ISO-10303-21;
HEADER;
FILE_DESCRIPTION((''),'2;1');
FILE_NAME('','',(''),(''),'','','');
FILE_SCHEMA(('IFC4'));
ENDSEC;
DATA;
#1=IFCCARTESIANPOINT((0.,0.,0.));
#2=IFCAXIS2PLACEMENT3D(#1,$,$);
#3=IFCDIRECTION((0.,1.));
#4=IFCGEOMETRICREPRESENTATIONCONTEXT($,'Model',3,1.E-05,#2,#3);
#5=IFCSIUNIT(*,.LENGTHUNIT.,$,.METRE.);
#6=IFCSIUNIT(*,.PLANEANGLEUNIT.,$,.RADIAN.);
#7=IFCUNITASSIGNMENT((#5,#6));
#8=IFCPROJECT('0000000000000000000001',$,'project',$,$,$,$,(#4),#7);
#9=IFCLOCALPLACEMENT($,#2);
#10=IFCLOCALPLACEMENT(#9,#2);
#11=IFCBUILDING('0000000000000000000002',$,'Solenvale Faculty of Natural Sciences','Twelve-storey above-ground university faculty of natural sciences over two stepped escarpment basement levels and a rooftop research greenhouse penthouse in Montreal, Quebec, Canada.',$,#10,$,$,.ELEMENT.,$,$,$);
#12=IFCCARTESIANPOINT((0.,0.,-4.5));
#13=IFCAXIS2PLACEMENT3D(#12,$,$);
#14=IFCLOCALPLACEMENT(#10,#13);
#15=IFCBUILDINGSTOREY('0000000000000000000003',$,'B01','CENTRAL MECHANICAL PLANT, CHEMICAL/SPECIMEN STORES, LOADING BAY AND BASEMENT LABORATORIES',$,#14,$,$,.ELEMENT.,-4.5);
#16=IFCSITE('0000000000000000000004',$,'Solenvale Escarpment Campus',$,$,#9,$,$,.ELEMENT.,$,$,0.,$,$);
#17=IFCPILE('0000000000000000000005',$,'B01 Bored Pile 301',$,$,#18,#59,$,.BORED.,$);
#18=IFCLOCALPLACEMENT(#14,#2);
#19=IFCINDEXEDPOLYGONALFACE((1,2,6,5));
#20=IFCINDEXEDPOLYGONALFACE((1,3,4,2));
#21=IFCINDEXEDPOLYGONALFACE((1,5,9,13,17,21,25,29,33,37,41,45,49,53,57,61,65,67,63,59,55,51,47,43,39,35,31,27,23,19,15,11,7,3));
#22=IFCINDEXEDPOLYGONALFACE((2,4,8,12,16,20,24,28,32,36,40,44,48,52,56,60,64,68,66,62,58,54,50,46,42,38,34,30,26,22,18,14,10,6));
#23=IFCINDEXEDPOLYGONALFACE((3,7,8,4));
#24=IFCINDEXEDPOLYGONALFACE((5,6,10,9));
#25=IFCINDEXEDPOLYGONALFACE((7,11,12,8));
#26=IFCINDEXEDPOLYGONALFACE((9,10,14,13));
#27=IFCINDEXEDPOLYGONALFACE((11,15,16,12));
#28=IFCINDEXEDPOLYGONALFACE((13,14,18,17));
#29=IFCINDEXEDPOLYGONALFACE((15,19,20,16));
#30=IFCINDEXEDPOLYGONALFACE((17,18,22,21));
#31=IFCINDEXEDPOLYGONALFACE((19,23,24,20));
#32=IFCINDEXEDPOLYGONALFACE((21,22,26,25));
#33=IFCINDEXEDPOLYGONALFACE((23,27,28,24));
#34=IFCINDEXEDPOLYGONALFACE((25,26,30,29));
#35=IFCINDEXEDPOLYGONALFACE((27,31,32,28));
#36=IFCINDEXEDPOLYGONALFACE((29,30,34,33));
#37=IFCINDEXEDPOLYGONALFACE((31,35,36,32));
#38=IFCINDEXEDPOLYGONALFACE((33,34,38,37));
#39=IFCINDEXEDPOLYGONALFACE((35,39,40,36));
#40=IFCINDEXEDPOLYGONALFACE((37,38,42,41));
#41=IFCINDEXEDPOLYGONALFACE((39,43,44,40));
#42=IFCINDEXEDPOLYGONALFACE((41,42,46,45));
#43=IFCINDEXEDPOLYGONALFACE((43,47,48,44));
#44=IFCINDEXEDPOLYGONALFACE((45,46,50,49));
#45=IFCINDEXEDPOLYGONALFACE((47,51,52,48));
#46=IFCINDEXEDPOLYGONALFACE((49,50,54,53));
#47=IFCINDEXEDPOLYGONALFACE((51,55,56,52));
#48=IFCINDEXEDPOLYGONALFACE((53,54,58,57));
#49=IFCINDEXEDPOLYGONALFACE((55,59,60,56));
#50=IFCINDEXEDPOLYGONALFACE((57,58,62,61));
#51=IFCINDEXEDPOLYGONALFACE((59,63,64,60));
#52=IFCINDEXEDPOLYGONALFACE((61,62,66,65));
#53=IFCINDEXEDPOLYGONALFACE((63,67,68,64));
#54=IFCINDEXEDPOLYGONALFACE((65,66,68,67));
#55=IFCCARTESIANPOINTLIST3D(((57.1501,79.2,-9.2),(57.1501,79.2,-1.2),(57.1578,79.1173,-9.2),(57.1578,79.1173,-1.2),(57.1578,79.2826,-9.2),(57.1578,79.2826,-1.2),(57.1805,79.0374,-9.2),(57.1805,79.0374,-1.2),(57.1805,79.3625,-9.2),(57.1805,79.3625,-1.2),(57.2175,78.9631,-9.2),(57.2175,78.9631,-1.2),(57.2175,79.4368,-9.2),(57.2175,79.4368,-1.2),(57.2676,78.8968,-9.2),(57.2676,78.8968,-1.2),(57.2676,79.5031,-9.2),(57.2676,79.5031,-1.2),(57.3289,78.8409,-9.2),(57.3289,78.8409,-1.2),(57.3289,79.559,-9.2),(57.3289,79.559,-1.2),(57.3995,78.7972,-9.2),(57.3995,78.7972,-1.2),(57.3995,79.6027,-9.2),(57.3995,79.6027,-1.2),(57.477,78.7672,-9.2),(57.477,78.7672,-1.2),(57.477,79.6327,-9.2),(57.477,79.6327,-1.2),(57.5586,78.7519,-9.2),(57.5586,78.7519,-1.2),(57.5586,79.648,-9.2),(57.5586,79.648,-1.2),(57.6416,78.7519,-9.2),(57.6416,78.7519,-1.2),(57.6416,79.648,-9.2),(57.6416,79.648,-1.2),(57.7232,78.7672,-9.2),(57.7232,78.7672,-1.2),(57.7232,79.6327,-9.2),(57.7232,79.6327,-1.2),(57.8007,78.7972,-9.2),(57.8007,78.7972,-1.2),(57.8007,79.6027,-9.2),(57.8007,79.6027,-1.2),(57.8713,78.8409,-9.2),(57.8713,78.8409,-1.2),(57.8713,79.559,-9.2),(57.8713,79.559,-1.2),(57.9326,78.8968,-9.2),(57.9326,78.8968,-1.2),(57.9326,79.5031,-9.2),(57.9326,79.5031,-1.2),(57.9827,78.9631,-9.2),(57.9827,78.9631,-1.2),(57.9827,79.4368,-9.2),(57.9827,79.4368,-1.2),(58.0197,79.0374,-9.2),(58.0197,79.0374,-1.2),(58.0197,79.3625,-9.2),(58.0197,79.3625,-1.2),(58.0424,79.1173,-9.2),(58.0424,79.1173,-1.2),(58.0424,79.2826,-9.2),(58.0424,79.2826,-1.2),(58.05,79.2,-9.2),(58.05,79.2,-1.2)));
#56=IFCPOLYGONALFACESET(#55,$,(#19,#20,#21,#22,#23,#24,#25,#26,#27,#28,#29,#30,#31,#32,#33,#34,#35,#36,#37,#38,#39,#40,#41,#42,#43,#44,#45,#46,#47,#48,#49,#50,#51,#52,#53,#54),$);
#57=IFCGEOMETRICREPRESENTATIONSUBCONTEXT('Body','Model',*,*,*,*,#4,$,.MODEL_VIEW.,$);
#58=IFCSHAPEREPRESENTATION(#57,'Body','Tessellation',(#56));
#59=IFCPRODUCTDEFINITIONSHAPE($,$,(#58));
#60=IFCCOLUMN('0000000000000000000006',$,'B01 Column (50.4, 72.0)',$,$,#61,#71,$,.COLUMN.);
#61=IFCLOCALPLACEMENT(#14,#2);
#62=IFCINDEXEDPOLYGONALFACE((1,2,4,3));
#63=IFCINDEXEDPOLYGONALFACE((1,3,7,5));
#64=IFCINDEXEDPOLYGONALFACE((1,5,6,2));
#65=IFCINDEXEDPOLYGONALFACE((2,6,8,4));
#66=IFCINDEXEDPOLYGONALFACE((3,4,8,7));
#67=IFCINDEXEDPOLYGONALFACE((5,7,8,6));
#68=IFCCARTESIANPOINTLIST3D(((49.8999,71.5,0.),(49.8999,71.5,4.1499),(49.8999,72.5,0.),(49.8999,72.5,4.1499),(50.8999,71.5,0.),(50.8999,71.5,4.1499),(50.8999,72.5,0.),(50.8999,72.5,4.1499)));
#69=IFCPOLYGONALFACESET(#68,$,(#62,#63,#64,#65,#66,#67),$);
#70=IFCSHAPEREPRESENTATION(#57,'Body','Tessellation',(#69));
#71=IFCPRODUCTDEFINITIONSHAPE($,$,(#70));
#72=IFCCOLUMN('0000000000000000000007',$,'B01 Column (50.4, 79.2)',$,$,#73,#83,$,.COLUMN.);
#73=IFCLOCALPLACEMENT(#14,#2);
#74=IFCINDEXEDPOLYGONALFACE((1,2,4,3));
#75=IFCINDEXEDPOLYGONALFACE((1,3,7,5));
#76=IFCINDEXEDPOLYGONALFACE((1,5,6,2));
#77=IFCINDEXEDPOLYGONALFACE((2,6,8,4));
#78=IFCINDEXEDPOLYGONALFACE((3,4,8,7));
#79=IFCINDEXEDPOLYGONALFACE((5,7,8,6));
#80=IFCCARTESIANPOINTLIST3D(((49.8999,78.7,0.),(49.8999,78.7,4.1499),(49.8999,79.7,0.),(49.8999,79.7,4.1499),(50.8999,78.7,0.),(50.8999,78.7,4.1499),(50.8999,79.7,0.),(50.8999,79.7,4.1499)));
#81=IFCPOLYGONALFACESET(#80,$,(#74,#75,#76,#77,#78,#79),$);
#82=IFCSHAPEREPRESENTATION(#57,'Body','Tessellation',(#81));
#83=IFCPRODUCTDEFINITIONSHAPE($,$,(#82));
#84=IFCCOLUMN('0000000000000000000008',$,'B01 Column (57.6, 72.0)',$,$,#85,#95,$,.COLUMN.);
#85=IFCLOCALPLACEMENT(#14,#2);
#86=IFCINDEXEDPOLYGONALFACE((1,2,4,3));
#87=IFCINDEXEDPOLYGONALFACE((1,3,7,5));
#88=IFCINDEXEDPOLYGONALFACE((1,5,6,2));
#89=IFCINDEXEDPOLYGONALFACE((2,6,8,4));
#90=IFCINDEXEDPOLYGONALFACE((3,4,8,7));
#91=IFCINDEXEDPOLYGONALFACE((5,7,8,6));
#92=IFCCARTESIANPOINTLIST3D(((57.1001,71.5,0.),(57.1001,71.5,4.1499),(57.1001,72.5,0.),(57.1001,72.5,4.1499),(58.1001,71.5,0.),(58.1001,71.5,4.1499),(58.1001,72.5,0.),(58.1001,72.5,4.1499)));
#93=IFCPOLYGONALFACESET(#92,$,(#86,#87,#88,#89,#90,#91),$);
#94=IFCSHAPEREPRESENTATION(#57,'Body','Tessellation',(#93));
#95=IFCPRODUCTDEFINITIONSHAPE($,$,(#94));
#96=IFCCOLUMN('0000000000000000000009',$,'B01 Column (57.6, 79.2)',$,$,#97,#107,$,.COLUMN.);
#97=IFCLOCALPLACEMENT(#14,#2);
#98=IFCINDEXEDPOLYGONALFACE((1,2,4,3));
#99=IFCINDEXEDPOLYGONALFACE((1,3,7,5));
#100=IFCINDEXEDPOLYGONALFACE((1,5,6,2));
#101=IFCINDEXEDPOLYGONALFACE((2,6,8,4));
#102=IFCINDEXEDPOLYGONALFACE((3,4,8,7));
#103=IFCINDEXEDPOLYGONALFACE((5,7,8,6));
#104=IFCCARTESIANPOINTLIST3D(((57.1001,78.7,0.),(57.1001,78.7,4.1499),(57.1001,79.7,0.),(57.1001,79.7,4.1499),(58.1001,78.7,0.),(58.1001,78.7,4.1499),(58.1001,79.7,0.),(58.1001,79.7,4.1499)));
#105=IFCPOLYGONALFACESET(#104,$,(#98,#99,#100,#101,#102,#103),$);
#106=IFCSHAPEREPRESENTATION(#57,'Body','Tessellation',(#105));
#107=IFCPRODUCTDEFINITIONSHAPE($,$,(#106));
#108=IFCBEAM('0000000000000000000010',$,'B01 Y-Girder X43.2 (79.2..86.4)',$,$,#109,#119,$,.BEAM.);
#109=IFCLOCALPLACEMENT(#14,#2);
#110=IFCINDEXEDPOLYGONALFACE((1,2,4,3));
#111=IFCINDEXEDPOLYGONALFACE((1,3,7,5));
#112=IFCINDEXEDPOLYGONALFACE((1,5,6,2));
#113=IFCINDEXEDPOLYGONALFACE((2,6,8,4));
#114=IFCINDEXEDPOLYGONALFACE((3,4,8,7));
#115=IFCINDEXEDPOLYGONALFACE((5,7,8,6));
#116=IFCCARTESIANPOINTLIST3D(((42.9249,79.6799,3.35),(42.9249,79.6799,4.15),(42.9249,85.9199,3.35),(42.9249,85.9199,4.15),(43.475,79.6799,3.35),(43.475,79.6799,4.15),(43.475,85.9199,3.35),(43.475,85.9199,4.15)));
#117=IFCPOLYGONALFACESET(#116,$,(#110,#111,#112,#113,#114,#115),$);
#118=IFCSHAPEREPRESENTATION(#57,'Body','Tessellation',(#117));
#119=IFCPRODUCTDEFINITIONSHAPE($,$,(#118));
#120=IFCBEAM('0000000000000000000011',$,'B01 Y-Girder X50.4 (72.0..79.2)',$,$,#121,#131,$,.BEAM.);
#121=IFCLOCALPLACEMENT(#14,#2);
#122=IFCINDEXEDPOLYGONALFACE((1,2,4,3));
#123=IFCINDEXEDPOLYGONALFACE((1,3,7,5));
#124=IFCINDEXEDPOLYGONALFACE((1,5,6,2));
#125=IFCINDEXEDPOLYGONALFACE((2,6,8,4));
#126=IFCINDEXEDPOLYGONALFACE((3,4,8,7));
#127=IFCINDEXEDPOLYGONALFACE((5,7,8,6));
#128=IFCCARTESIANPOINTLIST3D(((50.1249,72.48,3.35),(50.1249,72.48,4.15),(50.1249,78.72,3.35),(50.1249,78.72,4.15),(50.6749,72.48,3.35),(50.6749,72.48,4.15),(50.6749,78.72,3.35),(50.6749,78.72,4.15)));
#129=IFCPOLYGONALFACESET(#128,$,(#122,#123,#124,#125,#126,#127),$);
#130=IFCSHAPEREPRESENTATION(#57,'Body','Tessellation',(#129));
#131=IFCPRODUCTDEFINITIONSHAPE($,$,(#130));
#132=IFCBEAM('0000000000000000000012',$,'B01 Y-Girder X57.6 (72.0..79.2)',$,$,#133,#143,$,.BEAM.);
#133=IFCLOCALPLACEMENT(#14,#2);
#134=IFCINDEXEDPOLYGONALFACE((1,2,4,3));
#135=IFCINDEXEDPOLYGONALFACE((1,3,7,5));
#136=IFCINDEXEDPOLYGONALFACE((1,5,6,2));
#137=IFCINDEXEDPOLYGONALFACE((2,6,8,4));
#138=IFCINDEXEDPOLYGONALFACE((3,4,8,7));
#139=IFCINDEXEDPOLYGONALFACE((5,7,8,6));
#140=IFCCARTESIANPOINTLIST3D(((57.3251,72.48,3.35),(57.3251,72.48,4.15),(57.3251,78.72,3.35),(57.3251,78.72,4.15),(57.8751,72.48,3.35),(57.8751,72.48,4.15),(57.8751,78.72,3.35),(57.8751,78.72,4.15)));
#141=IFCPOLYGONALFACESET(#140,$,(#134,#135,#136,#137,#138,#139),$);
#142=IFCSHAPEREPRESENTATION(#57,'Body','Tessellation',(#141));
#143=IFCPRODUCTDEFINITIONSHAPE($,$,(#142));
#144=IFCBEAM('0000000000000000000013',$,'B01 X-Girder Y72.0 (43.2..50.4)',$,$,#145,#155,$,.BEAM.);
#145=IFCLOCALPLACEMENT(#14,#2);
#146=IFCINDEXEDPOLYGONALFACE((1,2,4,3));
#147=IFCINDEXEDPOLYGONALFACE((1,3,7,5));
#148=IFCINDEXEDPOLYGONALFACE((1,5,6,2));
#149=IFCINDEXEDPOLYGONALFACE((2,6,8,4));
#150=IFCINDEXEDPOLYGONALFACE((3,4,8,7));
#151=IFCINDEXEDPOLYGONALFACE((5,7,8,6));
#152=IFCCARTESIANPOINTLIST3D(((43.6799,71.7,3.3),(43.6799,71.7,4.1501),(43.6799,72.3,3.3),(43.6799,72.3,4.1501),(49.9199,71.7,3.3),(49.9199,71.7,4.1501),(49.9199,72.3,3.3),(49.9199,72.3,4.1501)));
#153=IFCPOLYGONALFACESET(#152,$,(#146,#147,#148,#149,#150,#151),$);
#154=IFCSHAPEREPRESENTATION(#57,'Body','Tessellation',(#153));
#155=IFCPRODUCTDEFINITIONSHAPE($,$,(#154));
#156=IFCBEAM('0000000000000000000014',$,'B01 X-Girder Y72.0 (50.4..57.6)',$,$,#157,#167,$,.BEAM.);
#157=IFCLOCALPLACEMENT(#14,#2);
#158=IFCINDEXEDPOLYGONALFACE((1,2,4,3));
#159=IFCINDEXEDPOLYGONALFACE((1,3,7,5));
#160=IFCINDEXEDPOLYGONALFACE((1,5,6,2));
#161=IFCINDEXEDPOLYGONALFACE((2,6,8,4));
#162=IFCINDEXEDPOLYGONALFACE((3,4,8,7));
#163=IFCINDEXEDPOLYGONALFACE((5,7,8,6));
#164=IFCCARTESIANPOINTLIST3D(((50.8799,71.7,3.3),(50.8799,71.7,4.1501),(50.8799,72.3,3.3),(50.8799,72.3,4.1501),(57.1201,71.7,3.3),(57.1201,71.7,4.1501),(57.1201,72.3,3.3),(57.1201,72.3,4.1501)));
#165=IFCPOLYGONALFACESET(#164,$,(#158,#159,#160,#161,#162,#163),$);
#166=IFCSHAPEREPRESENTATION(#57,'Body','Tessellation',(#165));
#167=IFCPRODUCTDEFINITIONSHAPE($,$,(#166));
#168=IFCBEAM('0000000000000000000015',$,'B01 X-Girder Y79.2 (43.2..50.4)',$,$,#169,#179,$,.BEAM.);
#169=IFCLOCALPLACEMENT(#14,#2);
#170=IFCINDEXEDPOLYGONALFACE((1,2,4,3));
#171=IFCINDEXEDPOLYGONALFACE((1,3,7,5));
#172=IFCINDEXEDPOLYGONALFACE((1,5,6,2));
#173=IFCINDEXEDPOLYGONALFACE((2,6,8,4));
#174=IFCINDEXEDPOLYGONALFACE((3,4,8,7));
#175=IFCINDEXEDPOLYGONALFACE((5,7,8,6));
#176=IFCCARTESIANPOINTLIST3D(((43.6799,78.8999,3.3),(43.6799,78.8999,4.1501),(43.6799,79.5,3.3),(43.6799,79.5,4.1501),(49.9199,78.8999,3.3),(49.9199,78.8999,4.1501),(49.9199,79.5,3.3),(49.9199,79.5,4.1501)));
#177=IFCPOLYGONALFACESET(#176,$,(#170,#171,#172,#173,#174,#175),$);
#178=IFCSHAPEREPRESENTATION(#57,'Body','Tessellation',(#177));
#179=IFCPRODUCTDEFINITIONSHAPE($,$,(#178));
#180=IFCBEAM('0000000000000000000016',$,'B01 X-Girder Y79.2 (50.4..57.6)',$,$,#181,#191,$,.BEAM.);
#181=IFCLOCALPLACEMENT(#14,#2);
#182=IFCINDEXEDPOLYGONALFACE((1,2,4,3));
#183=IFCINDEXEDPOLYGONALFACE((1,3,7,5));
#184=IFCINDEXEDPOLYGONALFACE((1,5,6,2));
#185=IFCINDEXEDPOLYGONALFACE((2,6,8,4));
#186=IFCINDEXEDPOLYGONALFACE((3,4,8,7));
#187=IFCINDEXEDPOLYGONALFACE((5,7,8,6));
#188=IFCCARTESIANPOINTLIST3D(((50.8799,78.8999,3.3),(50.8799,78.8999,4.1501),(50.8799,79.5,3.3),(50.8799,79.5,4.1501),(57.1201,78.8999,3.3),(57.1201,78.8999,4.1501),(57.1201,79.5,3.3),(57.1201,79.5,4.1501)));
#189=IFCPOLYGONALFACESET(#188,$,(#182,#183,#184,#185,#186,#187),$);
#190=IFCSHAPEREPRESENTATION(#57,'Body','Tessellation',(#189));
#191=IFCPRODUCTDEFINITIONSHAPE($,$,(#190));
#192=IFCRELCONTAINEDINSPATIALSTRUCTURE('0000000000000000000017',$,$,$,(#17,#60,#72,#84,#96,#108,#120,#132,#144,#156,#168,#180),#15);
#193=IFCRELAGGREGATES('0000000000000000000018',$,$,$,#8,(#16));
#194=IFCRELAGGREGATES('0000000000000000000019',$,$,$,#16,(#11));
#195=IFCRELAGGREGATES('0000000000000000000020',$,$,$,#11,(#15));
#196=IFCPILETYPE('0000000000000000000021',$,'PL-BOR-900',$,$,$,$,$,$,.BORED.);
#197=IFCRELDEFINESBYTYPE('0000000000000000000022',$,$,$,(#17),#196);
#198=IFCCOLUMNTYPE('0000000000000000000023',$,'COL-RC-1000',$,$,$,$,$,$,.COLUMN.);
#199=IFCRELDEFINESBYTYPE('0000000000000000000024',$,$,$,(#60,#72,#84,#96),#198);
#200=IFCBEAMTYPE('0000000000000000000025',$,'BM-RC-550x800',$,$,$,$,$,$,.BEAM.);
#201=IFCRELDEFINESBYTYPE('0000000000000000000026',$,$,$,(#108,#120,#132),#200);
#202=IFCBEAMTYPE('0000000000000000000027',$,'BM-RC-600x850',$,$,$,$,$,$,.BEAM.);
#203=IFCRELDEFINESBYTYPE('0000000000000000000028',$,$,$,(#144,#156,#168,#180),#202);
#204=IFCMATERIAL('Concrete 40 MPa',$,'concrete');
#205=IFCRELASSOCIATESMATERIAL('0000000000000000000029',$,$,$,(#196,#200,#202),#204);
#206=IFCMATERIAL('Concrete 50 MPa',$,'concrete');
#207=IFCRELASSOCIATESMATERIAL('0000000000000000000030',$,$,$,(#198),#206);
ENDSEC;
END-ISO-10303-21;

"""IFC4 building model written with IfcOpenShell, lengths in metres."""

from ifc_helpers import new_model, si_unit, direction, frame, origin, origin_2d, place, context, subcontext, project, spatial, rectangle, circle, extrude, material, material_profile, profile_set, type_object, element, save


model = new_model("IFC4")

# Units and contexts
model_context = context("Model", 3, precision=1e-05, world=origin(), true_north=direction((0.0, 1.0)))
body_context = subcontext(model_context, "Body", "Model", "MODEL_VIEW")
ifc_project = project(units=[si_unit("LENGTHUNIT", "METRE"), si_unit("PLANEANGLEUNIT", "RADIAN")], contexts=[model_context])

# Site, building, storey
site_placement = place(None, origin())
site = spatial("IfcSite", under=ifc_project, at=site_placement, Name="Solenvale Escarpment Campus", CompositionType="ELEMENT", RefElevation=0.0)
building_placement = place(site_placement, origin())
building = spatial("IfcBuilding", under=site, at=building_placement, Name="Solenvale Faculty of Natural Sciences", Description="Twelve-storey above-ground university faculty of natural sciences over two stepped escarpment basement levels and a rooftop research greenhouse penthouse in Montreal, Quebec, Canada.", CompositionType="ELEMENT")
storey_placement = place(building_placement, frame((0.0, 0.0, -4.5)))
storey = spatial("IfcBuildingStorey", under=building, at=storey_placement, Name="B01", Description="CENTRAL MECHANICAL PLANT, CHEMICAL/SPECIMEN STORES, LOADING BAY AND BASEMENT LABORATORIES", CompositionType="ELEMENT", Elevation=-4.5)

# Shared definitions
ifc_material_1 = material(Name="Concrete 40 MPa", Category="concrete")

# Pile
ifc_material_profile_1 = material_profile(ifc_material_1, circle(Radius=0.45, at=origin_2d()), Name="PILE-D900")
ifc_profile_set_1 = profile_set([ifc_material_profile_1], Name="Concrete 40 MPa")
pile_type = type_object("IfcPileType", Name="PL-BOR-900", PredefinedType="BORED", material=ifc_profile_set_1)
for number, where, z_axis, x_axis, name in (
    (1, (57.6001, 79.2, -1.2), (0.0, 0.0, -1.0), (1.0, 0.0, 0.0), "B01 Bored Pile 301"),
):
    element("IfcPile", number, at=place(storey_placement, frame(where, z_axis=z_axis, x_axis=x_axis)), inside=storey, type_object=pile_type, Name=name, PredefinedType="BORED", context=body_context, shape_type="SweptSolid", body=[
        extrude(circle(Radius=0.45, at=origin_2d()), origin(), (0.0, 0.0, 1.0), 8.0),
    ])

# Columns
ifc_material_2 = material(Name="Concrete 50 MPa", Category="concrete")
ifc_material_profile_2 = material_profile(ifc_material_2, rectangle(XDim=1.0, YDim=1.0, at=origin_2d()), Name="RC-COL-1000x1000")
ifc_profile_set_2 = profile_set([ifc_material_profile_2], Name="Concrete 50 MPa")
column_type = type_object("IfcColumnType", Name="COL-RC-1000", PredefinedType="COLUMN", material=ifc_profile_set_2)
for number, where, z_axis, x_axis, name in (
    (2, (50.3999, 72.0, 0.0), (0.0, 0.0, 1.0), (1.0, 0.0, 0.0), "B01 Column (50.4, 72.0)"),
    (3, (50.3999, 79.2, 0.0), (0.0, 0.0, 1.0), (1.0, 0.0, 0.0), "B01 Column (50.4, 79.2)"),
    (4, (57.6001, 72.0, 0.0), (0.0, 0.0, 1.0), (1.0, 0.0, 0.0), "B01 Column (57.6, 72.0)"),
    (5, (57.6001, 79.2, 0.0), (0.0, 0.0, 1.0), (1.0, 0.0, 0.0), "B01 Column (57.6, 79.2)"),
):
    element("IfcColumn", number, at=place(storey_placement, frame(where, z_axis=z_axis, x_axis=x_axis)), inside=storey, type_object=column_type, Name=name, PredefinedType="COLUMN", context=body_context, shape_type="SweptSolid", body=[
        extrude(rectangle(XDim=1.0, YDim=1.0, at=origin_2d()), origin(), (0.0, 0.0, 1.0), 4.1499),
    ])

# Beams
ifc_material_profile_3 = material_profile(ifc_material_1, rectangle(XDim=0.55, YDim=0.8, at=origin_2d()), Name="RC-BM-550x800")
ifc_profile_set_3 = profile_set([ifc_material_profile_3], Name="Concrete 40 MPa")
beam_type_1 = type_object("IfcBeamType", Name="BM-RC-550x800", PredefinedType="BEAM", material=ifc_profile_set_3)
for number, where, z_axis, x_axis, name in (
    (6, (43.2, 79.6799, 3.75), (0.0, 1.0, 0.0), (-1.0, 0.0, 0.0), "B01 Y-Girder X43.2 (79.2..86.4)"),
    (7, (50.3999, 72.48, 3.75), (0.0, 1.0, 0.0), (-1.0, 0.0, 0.0), "B01 Y-Girder X50.4 (72.0..79.2)"),
    (8, (57.6001, 72.48, 3.75), (0.0, 1.0, 0.0), (-1.0, 0.0, 0.0), "B01 Y-Girder X57.6 (72.0..79.2)"),
):
    element("IfcBeam", number, at=place(storey_placement, frame(where, z_axis=z_axis, x_axis=x_axis)), inside=storey, type_object=beam_type_1, Name=name, PredefinedType="BEAM", context=body_context, shape_type="SweptSolid", body=[
        extrude(rectangle(XDim=0.55, YDim=0.8, at=origin_2d()), origin(), (0.0, 0.0, 1.0), 6.24),
    ])
ifc_material_profile_4 = material_profile(ifc_material_1, rectangle(XDim=0.6001, YDim=0.8501, at=origin_2d()), Name="RC-BM-600x850")
ifc_profile_set_4 = profile_set([ifc_material_profile_4], Name="Concrete 40 MPa")
beam_type_2 = type_object("IfcBeamType", Name="BM-RC-600x850", PredefinedType="BEAM", material=ifc_profile_set_4)
beam_1_placement = place(storey_placement, frame((43.6799, 72.0, 3.7251), z_axis=(1.0, 0.0, 0.0), x_axis=(0.0, 1.0, 0.0)))
element("IfcBeam", 9, at=beam_1_placement, inside=storey, type_object=beam_type_2, Name="B01 X-Girder Y72.0 (43.2..50.4)", PredefinedType="BEAM", context=body_context, shape_type="SweptSolid", body=[
    extrude(rectangle(XDim=0.6001, YDim=0.8501, at=origin_2d()), origin(), (0.0, 0.0, 1.0), 6.24),
])
beam_2_placement = place(storey_placement, frame((50.8799, 72.0, 3.7251), z_axis=(1.0, 0.0, 0.0), x_axis=(0.0, 1.0, 0.0)))
element("IfcBeam", 10, at=beam_2_placement, inside=storey, type_object=beam_type_2, Name="B01 X-Girder Y72.0 (50.4..57.6)", PredefinedType="BEAM", context=body_context, shape_type="SweptSolid", body=[
    extrude(rectangle(XDim=0.6001, YDim=0.8501, at=origin_2d()), origin(), (0.0, 0.0, 1.0), 6.2402),
])
beam_3_placement = place(storey_placement, frame((43.6799, 79.2, 3.7251), z_axis=(1.0, 0.0, 0.0), x_axis=(0.0, 1.0, 0.0)))
element("IfcBeam", 11, at=beam_3_placement, inside=storey, type_object=beam_type_2, Name="B01 X-Girder Y79.2 (43.2..50.4)", PredefinedType="BEAM", context=body_context, shape_type="SweptSolid", body=[
    extrude(rectangle(XDim=0.6001, YDim=0.8501, at=origin_2d()), origin(), (0.0, 0.0, 1.0), 6.24),
])
beam_4_placement = place(storey_placement, frame((50.8799, 79.2, 3.7251), z_axis=(1.0, 0.0, 0.0), x_axis=(0.0, 1.0, 0.0)))
element("IfcBeam", 12, at=beam_4_placement, inside=storey, type_object=beam_type_2, Name="B01 X-Girder Y79.2 (50.4..57.6)", PredefinedType="BEAM", context=body_context, shape_type="SweptSolid", body=[
    extrude(rectangle(XDim=0.6001, YDim=0.8501, at=origin_2d()), origin(), (0.0, 0.0, 1.0), 6.2402),
])

save(model, "model.ifc")
